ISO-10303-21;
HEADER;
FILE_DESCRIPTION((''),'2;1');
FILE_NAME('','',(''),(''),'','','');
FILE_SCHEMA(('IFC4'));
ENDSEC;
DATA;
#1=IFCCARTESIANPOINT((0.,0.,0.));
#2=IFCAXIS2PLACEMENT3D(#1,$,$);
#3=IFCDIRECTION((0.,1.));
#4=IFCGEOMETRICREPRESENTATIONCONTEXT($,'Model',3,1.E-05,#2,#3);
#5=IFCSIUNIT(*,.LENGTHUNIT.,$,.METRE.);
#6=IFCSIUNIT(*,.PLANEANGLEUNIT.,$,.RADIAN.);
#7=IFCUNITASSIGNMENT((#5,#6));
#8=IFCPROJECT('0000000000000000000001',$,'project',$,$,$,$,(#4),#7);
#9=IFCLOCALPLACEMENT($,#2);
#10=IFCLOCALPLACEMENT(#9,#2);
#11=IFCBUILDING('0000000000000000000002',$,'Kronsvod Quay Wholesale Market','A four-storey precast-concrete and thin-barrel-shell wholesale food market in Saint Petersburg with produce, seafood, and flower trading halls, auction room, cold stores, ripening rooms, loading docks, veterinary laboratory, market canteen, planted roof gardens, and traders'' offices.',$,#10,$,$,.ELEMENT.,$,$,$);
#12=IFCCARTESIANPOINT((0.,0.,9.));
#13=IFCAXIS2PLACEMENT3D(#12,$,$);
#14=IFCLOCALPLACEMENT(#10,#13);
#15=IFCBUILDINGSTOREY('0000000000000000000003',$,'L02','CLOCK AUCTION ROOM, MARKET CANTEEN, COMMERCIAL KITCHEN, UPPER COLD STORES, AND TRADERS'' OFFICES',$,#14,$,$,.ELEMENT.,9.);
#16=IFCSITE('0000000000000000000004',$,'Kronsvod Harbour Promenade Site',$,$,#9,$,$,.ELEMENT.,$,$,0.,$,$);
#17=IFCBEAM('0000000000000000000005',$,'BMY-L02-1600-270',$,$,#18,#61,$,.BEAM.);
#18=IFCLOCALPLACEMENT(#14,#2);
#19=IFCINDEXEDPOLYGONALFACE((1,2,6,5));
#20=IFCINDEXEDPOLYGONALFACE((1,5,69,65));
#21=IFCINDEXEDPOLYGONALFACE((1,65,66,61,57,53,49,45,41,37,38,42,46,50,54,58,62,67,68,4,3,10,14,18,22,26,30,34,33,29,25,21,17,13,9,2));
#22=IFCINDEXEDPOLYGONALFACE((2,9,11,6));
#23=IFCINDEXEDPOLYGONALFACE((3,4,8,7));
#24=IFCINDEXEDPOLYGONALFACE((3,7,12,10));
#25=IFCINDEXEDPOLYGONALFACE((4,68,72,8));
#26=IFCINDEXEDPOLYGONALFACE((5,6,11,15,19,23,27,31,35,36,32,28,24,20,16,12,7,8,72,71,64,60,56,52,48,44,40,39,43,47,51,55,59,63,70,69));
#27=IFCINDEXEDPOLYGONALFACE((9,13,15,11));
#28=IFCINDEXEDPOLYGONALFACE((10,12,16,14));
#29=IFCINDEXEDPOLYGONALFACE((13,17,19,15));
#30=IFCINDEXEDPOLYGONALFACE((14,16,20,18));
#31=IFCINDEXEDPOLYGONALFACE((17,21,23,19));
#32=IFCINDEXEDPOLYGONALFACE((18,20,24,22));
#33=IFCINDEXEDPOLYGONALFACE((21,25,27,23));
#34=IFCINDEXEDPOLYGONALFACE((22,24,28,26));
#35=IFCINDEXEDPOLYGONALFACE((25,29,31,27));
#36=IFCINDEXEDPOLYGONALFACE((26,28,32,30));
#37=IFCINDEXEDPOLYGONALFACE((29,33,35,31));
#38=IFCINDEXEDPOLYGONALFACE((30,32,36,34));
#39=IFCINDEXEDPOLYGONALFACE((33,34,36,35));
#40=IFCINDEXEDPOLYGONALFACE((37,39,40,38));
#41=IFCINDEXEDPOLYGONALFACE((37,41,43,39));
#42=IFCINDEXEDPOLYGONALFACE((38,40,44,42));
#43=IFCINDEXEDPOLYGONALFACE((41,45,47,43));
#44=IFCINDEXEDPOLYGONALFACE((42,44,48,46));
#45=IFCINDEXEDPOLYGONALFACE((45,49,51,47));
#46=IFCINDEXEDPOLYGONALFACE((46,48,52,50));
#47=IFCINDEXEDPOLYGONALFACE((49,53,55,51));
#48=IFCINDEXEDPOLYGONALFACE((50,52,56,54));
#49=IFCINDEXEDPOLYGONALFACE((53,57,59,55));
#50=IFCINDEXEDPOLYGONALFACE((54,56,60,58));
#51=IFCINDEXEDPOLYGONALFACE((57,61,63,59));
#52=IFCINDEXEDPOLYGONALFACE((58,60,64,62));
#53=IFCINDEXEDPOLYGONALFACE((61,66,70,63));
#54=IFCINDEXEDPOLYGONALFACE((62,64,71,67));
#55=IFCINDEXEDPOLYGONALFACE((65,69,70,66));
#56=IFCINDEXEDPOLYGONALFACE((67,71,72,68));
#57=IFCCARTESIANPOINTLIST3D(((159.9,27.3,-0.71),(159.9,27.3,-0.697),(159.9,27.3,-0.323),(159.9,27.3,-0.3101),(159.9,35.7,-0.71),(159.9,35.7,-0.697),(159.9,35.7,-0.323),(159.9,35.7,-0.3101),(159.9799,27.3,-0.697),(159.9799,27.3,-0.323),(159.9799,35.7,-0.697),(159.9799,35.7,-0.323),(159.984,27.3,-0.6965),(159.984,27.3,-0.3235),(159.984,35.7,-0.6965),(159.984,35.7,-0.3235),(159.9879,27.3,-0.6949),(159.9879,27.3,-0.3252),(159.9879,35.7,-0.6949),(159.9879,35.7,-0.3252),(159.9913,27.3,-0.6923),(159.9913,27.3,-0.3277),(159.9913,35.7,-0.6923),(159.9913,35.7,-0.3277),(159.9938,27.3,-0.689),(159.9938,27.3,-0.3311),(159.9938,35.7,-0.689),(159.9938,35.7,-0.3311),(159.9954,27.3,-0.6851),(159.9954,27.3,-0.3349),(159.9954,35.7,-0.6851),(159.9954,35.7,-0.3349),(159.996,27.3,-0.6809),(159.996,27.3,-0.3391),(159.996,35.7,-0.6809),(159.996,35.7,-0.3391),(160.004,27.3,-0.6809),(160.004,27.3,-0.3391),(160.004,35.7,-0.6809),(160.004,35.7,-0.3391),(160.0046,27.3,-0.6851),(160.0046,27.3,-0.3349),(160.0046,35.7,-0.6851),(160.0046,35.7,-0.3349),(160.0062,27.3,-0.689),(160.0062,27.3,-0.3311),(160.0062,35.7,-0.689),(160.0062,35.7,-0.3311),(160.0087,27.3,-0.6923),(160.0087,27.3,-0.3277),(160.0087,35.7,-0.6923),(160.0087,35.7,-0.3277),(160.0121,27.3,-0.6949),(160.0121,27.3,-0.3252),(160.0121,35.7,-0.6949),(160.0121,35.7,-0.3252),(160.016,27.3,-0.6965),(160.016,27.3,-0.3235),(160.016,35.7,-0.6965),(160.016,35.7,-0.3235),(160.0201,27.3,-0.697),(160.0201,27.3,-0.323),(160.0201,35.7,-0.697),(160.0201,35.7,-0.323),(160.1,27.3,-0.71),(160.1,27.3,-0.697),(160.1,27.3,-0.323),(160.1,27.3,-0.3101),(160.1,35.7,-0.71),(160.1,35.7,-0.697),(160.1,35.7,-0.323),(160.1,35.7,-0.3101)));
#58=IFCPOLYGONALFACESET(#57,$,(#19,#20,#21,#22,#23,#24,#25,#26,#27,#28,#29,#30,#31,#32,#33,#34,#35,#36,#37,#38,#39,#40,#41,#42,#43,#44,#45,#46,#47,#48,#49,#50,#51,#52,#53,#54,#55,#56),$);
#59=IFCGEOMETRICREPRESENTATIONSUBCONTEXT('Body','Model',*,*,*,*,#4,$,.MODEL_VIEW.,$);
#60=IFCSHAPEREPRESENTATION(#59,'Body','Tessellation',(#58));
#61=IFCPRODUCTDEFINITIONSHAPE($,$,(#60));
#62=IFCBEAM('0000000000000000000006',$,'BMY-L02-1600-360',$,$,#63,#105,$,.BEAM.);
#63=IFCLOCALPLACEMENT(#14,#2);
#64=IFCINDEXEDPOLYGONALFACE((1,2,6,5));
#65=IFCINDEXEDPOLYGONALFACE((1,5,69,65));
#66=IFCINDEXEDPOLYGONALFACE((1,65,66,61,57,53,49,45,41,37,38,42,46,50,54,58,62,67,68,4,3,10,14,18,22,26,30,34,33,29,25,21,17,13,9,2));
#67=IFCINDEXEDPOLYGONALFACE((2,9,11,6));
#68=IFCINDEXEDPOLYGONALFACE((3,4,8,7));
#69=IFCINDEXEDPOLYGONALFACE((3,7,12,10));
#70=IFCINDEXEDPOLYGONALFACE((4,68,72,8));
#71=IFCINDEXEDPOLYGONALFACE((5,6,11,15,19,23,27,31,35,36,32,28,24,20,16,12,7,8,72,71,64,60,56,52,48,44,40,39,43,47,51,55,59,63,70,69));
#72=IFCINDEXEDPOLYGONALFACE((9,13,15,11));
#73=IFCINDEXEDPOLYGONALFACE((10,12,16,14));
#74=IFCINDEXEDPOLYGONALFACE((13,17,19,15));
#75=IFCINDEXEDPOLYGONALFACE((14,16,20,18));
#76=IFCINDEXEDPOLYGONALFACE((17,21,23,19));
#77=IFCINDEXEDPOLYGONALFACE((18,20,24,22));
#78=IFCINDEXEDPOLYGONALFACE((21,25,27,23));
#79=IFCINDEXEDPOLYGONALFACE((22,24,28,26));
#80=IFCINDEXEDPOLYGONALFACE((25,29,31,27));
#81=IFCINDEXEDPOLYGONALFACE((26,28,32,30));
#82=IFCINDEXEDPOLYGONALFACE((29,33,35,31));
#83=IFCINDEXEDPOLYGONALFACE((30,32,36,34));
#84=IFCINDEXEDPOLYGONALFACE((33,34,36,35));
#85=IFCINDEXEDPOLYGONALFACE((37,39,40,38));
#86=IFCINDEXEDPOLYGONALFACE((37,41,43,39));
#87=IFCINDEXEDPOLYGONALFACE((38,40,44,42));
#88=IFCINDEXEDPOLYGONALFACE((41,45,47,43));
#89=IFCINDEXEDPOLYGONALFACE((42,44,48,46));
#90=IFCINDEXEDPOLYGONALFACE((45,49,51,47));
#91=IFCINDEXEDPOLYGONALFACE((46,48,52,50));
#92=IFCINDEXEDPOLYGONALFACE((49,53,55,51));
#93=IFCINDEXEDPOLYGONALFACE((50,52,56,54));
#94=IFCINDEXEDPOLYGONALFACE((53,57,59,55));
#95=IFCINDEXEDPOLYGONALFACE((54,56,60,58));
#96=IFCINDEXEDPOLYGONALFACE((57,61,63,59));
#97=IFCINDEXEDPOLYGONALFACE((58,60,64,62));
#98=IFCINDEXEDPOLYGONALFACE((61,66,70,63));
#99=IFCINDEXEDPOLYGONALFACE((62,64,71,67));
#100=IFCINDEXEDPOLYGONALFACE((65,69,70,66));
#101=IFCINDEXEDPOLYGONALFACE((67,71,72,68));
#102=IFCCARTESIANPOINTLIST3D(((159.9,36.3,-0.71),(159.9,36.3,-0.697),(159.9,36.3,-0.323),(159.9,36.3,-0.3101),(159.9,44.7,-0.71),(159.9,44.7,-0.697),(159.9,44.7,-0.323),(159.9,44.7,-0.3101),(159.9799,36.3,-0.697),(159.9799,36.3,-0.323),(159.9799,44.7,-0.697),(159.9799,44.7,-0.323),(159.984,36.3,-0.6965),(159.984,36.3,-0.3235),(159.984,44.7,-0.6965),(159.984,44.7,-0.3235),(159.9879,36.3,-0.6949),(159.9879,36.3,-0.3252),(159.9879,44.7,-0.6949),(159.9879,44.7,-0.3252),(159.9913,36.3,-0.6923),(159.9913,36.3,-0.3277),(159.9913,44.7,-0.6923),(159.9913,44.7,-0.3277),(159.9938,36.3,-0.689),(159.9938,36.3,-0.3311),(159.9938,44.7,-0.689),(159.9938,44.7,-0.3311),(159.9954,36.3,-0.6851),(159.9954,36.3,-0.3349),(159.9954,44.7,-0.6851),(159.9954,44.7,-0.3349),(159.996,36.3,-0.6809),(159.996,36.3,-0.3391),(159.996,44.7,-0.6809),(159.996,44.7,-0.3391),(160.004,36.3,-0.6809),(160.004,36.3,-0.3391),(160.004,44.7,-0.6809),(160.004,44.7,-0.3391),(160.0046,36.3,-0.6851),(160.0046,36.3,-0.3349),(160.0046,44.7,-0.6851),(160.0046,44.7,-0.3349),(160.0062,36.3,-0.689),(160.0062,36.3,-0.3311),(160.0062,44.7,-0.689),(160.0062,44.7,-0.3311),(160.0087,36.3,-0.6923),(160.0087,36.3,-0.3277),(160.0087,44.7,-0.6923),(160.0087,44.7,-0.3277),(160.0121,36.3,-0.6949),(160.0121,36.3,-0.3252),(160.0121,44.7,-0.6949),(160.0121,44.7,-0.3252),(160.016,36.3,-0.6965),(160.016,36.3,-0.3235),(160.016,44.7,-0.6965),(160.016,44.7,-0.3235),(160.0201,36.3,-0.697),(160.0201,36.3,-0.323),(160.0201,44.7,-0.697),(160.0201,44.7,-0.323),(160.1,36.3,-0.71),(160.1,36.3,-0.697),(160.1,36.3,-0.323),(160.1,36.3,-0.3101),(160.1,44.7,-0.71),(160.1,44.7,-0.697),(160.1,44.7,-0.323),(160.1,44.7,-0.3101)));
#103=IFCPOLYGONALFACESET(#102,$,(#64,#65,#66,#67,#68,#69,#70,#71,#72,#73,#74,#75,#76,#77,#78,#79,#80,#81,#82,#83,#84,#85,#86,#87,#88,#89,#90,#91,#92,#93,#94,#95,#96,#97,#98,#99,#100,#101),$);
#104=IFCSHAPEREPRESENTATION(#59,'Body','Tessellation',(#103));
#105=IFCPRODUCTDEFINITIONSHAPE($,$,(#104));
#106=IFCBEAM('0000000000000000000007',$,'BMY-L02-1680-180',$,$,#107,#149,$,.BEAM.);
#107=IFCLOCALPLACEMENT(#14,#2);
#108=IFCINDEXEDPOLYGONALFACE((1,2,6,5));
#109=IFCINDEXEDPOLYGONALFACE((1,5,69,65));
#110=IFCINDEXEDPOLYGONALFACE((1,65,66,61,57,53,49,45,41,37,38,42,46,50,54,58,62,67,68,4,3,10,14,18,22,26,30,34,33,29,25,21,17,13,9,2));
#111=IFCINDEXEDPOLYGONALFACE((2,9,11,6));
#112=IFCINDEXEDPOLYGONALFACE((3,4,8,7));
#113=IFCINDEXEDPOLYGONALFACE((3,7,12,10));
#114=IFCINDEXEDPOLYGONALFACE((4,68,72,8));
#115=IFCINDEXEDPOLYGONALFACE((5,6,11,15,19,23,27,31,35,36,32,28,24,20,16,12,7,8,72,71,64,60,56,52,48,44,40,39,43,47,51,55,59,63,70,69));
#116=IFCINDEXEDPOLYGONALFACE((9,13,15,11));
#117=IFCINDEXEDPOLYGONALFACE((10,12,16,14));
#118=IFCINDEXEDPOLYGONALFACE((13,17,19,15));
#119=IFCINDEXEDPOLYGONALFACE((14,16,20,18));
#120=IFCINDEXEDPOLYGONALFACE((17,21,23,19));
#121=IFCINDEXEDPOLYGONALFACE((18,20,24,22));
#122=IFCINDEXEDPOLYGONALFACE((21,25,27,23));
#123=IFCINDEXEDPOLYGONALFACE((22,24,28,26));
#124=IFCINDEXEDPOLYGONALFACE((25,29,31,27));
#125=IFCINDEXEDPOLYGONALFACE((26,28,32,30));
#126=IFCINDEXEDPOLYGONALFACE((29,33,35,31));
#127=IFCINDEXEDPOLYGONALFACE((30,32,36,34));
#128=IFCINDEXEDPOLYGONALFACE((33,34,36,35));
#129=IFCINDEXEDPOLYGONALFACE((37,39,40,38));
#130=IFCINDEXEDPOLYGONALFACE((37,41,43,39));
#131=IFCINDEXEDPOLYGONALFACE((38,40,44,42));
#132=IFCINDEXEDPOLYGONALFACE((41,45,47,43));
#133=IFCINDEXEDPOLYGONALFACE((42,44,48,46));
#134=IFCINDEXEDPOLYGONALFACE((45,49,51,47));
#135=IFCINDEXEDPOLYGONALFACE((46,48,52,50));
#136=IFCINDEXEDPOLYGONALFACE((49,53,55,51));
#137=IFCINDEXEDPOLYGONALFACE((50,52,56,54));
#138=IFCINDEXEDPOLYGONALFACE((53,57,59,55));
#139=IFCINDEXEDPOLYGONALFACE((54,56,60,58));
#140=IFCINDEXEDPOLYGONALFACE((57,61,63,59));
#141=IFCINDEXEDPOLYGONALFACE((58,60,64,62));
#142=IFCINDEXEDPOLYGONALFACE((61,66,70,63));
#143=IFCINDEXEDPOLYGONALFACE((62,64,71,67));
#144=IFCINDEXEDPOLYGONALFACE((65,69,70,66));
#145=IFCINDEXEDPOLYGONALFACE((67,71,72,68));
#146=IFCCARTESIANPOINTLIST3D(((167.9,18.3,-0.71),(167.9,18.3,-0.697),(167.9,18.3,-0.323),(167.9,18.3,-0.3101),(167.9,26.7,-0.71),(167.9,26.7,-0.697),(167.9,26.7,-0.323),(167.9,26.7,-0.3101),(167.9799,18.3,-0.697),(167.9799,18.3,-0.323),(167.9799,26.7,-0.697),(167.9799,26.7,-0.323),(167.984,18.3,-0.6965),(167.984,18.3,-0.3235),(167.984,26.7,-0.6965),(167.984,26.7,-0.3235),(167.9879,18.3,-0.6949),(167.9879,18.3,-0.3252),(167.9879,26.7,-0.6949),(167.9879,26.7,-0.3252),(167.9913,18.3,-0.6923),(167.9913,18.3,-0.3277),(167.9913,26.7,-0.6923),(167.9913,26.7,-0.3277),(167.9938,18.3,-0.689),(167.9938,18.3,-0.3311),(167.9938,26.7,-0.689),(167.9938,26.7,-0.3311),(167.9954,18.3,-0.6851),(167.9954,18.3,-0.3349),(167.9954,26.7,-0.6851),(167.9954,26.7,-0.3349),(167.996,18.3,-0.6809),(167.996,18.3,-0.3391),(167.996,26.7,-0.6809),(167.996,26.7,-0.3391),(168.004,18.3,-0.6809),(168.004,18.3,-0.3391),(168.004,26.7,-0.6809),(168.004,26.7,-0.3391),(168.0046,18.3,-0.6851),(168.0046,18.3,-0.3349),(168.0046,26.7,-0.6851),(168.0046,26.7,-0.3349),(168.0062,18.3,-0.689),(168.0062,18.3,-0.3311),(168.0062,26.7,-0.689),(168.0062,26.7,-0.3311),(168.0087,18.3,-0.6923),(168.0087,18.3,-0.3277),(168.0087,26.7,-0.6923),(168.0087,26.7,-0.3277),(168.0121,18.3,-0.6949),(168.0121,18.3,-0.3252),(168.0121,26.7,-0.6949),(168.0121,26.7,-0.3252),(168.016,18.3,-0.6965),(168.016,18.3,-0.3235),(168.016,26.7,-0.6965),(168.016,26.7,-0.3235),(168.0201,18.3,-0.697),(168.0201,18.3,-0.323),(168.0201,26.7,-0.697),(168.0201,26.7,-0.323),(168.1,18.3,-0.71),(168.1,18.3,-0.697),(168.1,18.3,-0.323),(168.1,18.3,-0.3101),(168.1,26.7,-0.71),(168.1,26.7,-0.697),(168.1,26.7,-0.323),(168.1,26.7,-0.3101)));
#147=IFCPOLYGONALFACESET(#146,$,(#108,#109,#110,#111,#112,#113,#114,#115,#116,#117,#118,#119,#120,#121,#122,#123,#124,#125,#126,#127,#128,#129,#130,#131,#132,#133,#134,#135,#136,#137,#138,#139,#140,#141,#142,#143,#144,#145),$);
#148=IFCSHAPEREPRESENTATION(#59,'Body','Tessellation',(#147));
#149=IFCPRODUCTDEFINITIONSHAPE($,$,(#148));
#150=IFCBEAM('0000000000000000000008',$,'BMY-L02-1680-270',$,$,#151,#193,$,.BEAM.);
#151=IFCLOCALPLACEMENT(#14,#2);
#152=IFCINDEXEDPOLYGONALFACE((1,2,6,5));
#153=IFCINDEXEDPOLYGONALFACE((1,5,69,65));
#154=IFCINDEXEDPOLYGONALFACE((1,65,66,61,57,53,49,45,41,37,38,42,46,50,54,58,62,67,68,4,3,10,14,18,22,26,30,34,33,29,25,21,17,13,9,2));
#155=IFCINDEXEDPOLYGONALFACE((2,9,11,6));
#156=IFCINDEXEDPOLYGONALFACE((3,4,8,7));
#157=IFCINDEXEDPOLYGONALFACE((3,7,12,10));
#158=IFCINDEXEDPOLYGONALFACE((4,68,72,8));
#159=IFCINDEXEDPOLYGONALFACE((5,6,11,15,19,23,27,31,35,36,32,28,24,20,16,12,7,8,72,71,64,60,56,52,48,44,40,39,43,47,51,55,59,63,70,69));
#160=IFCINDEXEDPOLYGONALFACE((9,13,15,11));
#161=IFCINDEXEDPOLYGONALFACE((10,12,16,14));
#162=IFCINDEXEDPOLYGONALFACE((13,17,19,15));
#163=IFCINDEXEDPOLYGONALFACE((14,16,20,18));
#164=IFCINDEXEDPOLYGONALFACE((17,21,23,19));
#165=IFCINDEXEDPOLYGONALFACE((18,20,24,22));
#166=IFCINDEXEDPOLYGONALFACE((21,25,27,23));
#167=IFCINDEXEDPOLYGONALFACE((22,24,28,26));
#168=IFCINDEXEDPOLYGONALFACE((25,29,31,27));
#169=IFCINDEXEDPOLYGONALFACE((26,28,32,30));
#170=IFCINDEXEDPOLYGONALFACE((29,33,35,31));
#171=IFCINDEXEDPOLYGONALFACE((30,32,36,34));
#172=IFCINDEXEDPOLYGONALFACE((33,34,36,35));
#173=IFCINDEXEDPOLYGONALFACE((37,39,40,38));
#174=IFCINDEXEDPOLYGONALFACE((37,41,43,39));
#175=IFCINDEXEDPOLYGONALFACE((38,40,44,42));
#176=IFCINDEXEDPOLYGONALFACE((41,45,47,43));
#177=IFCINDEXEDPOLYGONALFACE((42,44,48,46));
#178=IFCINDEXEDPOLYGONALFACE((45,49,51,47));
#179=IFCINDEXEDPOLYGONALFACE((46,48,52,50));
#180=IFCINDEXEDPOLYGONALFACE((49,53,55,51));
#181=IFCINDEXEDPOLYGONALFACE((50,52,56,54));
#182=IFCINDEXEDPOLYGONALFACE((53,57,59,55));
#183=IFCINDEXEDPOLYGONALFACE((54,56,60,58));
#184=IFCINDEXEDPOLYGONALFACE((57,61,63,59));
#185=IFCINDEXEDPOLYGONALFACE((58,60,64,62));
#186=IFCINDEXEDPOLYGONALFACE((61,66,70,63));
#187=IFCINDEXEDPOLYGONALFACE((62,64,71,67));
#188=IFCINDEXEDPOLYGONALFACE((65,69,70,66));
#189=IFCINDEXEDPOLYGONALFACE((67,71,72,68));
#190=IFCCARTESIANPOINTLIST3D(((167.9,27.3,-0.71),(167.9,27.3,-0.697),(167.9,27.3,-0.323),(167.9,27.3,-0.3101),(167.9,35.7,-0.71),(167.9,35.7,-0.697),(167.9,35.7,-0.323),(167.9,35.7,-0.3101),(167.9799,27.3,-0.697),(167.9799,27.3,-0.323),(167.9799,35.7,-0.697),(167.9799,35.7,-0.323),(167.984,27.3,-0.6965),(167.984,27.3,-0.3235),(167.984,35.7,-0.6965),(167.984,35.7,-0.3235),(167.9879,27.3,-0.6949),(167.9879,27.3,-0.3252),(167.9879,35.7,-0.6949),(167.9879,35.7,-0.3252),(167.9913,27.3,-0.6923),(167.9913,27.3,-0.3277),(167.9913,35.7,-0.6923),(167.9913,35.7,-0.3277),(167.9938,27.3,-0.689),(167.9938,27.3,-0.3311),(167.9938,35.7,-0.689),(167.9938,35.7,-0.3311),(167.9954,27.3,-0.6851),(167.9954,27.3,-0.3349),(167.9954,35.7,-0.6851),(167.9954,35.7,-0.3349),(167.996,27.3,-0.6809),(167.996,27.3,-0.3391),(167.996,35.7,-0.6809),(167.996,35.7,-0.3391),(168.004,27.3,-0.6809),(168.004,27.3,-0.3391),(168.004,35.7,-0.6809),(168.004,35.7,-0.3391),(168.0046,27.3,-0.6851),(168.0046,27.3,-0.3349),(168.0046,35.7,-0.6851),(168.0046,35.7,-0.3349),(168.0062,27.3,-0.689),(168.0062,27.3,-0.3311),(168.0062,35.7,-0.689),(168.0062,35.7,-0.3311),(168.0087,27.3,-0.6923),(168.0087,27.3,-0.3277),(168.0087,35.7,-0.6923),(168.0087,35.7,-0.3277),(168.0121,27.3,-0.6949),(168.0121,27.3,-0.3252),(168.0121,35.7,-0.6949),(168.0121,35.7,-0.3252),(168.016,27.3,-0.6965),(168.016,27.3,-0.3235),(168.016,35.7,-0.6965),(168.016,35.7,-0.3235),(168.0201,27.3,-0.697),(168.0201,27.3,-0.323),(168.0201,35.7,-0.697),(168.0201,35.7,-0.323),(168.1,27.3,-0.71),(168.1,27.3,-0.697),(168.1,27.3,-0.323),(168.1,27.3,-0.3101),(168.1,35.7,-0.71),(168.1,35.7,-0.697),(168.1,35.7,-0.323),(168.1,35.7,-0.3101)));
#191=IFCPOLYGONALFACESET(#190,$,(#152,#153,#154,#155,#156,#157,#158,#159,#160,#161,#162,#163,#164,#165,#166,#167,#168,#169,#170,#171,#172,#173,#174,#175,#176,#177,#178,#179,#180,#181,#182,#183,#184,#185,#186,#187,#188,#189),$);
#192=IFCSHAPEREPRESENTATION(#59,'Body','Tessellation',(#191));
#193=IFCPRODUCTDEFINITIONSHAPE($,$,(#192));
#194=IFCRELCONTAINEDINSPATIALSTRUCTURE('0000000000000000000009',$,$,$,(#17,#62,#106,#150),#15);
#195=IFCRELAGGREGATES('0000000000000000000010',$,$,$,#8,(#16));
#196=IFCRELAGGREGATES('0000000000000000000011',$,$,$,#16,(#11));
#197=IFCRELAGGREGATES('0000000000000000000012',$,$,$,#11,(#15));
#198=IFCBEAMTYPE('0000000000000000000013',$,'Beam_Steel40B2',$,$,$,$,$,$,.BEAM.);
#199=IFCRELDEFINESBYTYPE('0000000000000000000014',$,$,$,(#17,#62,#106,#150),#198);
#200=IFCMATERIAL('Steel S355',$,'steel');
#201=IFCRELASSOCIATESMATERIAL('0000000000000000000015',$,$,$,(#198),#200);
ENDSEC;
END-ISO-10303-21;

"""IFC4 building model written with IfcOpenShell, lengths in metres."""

from ifc_helpers import new_model, si_unit, direction, frame, origin, origin_2d, place, context, subcontext, project, spatial, i_section, extrude, material, material_profile, profile_set, type_object, element, save


model = new_model("IFC4")

# Units and contexts
model_context = context("Model", 3, precision=1e-05, world=origin(), true_north=direction((0.0, 1.0)))
body_context = subcontext(model_context, "Body", "Model", "MODEL_VIEW")
ifc_project = project(units=[si_unit("LENGTHUNIT", "METRE"), si_unit("PLANEANGLEUNIT", "RADIAN")], contexts=[model_context])

# Site, building, storey
site_placement = place(None, origin())
site = spatial("IfcSite", under=ifc_project, at=site_placement, Name="Kronsvod Harbour Promenade Site", CompositionType="ELEMENT", RefElevation=0.0)
building_placement = place(site_placement, origin())
building = spatial("IfcBuilding", under=site, at=building_placement, Name="Kronsvod Quay Wholesale Market", Description="A four-storey precast-concrete and thin-barrel-shell wholesale food market in Saint Petersburg with produce, seafood, and flower trading halls, auction room, cold stores, ripening rooms, loading docks, veterinary laboratory, market canteen, planted roof gardens, and traders' offices.", CompositionType="ELEMENT")
storey_placement = place(building_placement, frame((0.0, 0.0, 9.0)))
storey = spatial("IfcBuildingStorey", under=building, at=storey_placement, Name="L02", Description="CLOCK AUCTION ROOM, MARKET CANTEEN, COMMERCIAL KITCHEN, UPPER COLD STORES, AND TRADERS' OFFICES", CompositionType="ELEMENT", Elevation=9.0)

# Beams
ifc_material_1 = material(Name="Steel S355", Category="steel")
ifc_material_profile_1 = material_profile(ifc_material_1, i_section(OverallWidth=0.2, OverallDepth=0.3999, WebThickness=0.0081, FlangeThickness=0.0129, FilletRadius=0.0161, at=origin_2d()), Name="40B2")
ifc_profile_set_1 = profile_set([ifc_material_profile_1], Name="Steel S355")
beam_type_1 = type_object("IfcBeamType", Name="Beam_Steel40B2", PredefinedType="BEAM", material=ifc_profile_set_1)
for number, where, z_axis, x_axis, name in (
    (1, (160.0, 27.3, -0.51), (0.0, 1.0, 0.0), (-1.0, 0.0, 0.0), "BMY-L02-1600-270"),
    (2, (160.0, 36.3, -0.51), (0.0, 1.0, 0.0), (-1.0, 0.0, 0.0), "BMY-L02-1600-360"),
    (3, (168.0, 18.3, -0.51), (0.0, 1.0, 0.0), (-1.0, 0.0, 0.0), "BMY-L02-1680-180"),
    (4, (168.0, 27.3, -0.51), (0.0, 1.0, 0.0), (-1.0, 0.0, 0.0), "BMY-L02-1680-270"),
):
    element("IfcBeam", number, at=place(storey_placement, frame(where, z_axis=z_axis, x_axis=x_axis)), inside=storey, type_object=beam_type_1, Name=name, PredefinedType="BEAM", context=body_context, shape_type="SweptSolid", body=[
        extrude(i_section(OverallWidth=0.2, OverallDepth=0.3999, WebThickness=0.0081, FlangeThickness=0.0129, FilletRadius=0.0161, at=origin_2d()), origin(), (0.0, 0.0, 1.0), 8.3999),
    ])

save(model, "model.ifc")
